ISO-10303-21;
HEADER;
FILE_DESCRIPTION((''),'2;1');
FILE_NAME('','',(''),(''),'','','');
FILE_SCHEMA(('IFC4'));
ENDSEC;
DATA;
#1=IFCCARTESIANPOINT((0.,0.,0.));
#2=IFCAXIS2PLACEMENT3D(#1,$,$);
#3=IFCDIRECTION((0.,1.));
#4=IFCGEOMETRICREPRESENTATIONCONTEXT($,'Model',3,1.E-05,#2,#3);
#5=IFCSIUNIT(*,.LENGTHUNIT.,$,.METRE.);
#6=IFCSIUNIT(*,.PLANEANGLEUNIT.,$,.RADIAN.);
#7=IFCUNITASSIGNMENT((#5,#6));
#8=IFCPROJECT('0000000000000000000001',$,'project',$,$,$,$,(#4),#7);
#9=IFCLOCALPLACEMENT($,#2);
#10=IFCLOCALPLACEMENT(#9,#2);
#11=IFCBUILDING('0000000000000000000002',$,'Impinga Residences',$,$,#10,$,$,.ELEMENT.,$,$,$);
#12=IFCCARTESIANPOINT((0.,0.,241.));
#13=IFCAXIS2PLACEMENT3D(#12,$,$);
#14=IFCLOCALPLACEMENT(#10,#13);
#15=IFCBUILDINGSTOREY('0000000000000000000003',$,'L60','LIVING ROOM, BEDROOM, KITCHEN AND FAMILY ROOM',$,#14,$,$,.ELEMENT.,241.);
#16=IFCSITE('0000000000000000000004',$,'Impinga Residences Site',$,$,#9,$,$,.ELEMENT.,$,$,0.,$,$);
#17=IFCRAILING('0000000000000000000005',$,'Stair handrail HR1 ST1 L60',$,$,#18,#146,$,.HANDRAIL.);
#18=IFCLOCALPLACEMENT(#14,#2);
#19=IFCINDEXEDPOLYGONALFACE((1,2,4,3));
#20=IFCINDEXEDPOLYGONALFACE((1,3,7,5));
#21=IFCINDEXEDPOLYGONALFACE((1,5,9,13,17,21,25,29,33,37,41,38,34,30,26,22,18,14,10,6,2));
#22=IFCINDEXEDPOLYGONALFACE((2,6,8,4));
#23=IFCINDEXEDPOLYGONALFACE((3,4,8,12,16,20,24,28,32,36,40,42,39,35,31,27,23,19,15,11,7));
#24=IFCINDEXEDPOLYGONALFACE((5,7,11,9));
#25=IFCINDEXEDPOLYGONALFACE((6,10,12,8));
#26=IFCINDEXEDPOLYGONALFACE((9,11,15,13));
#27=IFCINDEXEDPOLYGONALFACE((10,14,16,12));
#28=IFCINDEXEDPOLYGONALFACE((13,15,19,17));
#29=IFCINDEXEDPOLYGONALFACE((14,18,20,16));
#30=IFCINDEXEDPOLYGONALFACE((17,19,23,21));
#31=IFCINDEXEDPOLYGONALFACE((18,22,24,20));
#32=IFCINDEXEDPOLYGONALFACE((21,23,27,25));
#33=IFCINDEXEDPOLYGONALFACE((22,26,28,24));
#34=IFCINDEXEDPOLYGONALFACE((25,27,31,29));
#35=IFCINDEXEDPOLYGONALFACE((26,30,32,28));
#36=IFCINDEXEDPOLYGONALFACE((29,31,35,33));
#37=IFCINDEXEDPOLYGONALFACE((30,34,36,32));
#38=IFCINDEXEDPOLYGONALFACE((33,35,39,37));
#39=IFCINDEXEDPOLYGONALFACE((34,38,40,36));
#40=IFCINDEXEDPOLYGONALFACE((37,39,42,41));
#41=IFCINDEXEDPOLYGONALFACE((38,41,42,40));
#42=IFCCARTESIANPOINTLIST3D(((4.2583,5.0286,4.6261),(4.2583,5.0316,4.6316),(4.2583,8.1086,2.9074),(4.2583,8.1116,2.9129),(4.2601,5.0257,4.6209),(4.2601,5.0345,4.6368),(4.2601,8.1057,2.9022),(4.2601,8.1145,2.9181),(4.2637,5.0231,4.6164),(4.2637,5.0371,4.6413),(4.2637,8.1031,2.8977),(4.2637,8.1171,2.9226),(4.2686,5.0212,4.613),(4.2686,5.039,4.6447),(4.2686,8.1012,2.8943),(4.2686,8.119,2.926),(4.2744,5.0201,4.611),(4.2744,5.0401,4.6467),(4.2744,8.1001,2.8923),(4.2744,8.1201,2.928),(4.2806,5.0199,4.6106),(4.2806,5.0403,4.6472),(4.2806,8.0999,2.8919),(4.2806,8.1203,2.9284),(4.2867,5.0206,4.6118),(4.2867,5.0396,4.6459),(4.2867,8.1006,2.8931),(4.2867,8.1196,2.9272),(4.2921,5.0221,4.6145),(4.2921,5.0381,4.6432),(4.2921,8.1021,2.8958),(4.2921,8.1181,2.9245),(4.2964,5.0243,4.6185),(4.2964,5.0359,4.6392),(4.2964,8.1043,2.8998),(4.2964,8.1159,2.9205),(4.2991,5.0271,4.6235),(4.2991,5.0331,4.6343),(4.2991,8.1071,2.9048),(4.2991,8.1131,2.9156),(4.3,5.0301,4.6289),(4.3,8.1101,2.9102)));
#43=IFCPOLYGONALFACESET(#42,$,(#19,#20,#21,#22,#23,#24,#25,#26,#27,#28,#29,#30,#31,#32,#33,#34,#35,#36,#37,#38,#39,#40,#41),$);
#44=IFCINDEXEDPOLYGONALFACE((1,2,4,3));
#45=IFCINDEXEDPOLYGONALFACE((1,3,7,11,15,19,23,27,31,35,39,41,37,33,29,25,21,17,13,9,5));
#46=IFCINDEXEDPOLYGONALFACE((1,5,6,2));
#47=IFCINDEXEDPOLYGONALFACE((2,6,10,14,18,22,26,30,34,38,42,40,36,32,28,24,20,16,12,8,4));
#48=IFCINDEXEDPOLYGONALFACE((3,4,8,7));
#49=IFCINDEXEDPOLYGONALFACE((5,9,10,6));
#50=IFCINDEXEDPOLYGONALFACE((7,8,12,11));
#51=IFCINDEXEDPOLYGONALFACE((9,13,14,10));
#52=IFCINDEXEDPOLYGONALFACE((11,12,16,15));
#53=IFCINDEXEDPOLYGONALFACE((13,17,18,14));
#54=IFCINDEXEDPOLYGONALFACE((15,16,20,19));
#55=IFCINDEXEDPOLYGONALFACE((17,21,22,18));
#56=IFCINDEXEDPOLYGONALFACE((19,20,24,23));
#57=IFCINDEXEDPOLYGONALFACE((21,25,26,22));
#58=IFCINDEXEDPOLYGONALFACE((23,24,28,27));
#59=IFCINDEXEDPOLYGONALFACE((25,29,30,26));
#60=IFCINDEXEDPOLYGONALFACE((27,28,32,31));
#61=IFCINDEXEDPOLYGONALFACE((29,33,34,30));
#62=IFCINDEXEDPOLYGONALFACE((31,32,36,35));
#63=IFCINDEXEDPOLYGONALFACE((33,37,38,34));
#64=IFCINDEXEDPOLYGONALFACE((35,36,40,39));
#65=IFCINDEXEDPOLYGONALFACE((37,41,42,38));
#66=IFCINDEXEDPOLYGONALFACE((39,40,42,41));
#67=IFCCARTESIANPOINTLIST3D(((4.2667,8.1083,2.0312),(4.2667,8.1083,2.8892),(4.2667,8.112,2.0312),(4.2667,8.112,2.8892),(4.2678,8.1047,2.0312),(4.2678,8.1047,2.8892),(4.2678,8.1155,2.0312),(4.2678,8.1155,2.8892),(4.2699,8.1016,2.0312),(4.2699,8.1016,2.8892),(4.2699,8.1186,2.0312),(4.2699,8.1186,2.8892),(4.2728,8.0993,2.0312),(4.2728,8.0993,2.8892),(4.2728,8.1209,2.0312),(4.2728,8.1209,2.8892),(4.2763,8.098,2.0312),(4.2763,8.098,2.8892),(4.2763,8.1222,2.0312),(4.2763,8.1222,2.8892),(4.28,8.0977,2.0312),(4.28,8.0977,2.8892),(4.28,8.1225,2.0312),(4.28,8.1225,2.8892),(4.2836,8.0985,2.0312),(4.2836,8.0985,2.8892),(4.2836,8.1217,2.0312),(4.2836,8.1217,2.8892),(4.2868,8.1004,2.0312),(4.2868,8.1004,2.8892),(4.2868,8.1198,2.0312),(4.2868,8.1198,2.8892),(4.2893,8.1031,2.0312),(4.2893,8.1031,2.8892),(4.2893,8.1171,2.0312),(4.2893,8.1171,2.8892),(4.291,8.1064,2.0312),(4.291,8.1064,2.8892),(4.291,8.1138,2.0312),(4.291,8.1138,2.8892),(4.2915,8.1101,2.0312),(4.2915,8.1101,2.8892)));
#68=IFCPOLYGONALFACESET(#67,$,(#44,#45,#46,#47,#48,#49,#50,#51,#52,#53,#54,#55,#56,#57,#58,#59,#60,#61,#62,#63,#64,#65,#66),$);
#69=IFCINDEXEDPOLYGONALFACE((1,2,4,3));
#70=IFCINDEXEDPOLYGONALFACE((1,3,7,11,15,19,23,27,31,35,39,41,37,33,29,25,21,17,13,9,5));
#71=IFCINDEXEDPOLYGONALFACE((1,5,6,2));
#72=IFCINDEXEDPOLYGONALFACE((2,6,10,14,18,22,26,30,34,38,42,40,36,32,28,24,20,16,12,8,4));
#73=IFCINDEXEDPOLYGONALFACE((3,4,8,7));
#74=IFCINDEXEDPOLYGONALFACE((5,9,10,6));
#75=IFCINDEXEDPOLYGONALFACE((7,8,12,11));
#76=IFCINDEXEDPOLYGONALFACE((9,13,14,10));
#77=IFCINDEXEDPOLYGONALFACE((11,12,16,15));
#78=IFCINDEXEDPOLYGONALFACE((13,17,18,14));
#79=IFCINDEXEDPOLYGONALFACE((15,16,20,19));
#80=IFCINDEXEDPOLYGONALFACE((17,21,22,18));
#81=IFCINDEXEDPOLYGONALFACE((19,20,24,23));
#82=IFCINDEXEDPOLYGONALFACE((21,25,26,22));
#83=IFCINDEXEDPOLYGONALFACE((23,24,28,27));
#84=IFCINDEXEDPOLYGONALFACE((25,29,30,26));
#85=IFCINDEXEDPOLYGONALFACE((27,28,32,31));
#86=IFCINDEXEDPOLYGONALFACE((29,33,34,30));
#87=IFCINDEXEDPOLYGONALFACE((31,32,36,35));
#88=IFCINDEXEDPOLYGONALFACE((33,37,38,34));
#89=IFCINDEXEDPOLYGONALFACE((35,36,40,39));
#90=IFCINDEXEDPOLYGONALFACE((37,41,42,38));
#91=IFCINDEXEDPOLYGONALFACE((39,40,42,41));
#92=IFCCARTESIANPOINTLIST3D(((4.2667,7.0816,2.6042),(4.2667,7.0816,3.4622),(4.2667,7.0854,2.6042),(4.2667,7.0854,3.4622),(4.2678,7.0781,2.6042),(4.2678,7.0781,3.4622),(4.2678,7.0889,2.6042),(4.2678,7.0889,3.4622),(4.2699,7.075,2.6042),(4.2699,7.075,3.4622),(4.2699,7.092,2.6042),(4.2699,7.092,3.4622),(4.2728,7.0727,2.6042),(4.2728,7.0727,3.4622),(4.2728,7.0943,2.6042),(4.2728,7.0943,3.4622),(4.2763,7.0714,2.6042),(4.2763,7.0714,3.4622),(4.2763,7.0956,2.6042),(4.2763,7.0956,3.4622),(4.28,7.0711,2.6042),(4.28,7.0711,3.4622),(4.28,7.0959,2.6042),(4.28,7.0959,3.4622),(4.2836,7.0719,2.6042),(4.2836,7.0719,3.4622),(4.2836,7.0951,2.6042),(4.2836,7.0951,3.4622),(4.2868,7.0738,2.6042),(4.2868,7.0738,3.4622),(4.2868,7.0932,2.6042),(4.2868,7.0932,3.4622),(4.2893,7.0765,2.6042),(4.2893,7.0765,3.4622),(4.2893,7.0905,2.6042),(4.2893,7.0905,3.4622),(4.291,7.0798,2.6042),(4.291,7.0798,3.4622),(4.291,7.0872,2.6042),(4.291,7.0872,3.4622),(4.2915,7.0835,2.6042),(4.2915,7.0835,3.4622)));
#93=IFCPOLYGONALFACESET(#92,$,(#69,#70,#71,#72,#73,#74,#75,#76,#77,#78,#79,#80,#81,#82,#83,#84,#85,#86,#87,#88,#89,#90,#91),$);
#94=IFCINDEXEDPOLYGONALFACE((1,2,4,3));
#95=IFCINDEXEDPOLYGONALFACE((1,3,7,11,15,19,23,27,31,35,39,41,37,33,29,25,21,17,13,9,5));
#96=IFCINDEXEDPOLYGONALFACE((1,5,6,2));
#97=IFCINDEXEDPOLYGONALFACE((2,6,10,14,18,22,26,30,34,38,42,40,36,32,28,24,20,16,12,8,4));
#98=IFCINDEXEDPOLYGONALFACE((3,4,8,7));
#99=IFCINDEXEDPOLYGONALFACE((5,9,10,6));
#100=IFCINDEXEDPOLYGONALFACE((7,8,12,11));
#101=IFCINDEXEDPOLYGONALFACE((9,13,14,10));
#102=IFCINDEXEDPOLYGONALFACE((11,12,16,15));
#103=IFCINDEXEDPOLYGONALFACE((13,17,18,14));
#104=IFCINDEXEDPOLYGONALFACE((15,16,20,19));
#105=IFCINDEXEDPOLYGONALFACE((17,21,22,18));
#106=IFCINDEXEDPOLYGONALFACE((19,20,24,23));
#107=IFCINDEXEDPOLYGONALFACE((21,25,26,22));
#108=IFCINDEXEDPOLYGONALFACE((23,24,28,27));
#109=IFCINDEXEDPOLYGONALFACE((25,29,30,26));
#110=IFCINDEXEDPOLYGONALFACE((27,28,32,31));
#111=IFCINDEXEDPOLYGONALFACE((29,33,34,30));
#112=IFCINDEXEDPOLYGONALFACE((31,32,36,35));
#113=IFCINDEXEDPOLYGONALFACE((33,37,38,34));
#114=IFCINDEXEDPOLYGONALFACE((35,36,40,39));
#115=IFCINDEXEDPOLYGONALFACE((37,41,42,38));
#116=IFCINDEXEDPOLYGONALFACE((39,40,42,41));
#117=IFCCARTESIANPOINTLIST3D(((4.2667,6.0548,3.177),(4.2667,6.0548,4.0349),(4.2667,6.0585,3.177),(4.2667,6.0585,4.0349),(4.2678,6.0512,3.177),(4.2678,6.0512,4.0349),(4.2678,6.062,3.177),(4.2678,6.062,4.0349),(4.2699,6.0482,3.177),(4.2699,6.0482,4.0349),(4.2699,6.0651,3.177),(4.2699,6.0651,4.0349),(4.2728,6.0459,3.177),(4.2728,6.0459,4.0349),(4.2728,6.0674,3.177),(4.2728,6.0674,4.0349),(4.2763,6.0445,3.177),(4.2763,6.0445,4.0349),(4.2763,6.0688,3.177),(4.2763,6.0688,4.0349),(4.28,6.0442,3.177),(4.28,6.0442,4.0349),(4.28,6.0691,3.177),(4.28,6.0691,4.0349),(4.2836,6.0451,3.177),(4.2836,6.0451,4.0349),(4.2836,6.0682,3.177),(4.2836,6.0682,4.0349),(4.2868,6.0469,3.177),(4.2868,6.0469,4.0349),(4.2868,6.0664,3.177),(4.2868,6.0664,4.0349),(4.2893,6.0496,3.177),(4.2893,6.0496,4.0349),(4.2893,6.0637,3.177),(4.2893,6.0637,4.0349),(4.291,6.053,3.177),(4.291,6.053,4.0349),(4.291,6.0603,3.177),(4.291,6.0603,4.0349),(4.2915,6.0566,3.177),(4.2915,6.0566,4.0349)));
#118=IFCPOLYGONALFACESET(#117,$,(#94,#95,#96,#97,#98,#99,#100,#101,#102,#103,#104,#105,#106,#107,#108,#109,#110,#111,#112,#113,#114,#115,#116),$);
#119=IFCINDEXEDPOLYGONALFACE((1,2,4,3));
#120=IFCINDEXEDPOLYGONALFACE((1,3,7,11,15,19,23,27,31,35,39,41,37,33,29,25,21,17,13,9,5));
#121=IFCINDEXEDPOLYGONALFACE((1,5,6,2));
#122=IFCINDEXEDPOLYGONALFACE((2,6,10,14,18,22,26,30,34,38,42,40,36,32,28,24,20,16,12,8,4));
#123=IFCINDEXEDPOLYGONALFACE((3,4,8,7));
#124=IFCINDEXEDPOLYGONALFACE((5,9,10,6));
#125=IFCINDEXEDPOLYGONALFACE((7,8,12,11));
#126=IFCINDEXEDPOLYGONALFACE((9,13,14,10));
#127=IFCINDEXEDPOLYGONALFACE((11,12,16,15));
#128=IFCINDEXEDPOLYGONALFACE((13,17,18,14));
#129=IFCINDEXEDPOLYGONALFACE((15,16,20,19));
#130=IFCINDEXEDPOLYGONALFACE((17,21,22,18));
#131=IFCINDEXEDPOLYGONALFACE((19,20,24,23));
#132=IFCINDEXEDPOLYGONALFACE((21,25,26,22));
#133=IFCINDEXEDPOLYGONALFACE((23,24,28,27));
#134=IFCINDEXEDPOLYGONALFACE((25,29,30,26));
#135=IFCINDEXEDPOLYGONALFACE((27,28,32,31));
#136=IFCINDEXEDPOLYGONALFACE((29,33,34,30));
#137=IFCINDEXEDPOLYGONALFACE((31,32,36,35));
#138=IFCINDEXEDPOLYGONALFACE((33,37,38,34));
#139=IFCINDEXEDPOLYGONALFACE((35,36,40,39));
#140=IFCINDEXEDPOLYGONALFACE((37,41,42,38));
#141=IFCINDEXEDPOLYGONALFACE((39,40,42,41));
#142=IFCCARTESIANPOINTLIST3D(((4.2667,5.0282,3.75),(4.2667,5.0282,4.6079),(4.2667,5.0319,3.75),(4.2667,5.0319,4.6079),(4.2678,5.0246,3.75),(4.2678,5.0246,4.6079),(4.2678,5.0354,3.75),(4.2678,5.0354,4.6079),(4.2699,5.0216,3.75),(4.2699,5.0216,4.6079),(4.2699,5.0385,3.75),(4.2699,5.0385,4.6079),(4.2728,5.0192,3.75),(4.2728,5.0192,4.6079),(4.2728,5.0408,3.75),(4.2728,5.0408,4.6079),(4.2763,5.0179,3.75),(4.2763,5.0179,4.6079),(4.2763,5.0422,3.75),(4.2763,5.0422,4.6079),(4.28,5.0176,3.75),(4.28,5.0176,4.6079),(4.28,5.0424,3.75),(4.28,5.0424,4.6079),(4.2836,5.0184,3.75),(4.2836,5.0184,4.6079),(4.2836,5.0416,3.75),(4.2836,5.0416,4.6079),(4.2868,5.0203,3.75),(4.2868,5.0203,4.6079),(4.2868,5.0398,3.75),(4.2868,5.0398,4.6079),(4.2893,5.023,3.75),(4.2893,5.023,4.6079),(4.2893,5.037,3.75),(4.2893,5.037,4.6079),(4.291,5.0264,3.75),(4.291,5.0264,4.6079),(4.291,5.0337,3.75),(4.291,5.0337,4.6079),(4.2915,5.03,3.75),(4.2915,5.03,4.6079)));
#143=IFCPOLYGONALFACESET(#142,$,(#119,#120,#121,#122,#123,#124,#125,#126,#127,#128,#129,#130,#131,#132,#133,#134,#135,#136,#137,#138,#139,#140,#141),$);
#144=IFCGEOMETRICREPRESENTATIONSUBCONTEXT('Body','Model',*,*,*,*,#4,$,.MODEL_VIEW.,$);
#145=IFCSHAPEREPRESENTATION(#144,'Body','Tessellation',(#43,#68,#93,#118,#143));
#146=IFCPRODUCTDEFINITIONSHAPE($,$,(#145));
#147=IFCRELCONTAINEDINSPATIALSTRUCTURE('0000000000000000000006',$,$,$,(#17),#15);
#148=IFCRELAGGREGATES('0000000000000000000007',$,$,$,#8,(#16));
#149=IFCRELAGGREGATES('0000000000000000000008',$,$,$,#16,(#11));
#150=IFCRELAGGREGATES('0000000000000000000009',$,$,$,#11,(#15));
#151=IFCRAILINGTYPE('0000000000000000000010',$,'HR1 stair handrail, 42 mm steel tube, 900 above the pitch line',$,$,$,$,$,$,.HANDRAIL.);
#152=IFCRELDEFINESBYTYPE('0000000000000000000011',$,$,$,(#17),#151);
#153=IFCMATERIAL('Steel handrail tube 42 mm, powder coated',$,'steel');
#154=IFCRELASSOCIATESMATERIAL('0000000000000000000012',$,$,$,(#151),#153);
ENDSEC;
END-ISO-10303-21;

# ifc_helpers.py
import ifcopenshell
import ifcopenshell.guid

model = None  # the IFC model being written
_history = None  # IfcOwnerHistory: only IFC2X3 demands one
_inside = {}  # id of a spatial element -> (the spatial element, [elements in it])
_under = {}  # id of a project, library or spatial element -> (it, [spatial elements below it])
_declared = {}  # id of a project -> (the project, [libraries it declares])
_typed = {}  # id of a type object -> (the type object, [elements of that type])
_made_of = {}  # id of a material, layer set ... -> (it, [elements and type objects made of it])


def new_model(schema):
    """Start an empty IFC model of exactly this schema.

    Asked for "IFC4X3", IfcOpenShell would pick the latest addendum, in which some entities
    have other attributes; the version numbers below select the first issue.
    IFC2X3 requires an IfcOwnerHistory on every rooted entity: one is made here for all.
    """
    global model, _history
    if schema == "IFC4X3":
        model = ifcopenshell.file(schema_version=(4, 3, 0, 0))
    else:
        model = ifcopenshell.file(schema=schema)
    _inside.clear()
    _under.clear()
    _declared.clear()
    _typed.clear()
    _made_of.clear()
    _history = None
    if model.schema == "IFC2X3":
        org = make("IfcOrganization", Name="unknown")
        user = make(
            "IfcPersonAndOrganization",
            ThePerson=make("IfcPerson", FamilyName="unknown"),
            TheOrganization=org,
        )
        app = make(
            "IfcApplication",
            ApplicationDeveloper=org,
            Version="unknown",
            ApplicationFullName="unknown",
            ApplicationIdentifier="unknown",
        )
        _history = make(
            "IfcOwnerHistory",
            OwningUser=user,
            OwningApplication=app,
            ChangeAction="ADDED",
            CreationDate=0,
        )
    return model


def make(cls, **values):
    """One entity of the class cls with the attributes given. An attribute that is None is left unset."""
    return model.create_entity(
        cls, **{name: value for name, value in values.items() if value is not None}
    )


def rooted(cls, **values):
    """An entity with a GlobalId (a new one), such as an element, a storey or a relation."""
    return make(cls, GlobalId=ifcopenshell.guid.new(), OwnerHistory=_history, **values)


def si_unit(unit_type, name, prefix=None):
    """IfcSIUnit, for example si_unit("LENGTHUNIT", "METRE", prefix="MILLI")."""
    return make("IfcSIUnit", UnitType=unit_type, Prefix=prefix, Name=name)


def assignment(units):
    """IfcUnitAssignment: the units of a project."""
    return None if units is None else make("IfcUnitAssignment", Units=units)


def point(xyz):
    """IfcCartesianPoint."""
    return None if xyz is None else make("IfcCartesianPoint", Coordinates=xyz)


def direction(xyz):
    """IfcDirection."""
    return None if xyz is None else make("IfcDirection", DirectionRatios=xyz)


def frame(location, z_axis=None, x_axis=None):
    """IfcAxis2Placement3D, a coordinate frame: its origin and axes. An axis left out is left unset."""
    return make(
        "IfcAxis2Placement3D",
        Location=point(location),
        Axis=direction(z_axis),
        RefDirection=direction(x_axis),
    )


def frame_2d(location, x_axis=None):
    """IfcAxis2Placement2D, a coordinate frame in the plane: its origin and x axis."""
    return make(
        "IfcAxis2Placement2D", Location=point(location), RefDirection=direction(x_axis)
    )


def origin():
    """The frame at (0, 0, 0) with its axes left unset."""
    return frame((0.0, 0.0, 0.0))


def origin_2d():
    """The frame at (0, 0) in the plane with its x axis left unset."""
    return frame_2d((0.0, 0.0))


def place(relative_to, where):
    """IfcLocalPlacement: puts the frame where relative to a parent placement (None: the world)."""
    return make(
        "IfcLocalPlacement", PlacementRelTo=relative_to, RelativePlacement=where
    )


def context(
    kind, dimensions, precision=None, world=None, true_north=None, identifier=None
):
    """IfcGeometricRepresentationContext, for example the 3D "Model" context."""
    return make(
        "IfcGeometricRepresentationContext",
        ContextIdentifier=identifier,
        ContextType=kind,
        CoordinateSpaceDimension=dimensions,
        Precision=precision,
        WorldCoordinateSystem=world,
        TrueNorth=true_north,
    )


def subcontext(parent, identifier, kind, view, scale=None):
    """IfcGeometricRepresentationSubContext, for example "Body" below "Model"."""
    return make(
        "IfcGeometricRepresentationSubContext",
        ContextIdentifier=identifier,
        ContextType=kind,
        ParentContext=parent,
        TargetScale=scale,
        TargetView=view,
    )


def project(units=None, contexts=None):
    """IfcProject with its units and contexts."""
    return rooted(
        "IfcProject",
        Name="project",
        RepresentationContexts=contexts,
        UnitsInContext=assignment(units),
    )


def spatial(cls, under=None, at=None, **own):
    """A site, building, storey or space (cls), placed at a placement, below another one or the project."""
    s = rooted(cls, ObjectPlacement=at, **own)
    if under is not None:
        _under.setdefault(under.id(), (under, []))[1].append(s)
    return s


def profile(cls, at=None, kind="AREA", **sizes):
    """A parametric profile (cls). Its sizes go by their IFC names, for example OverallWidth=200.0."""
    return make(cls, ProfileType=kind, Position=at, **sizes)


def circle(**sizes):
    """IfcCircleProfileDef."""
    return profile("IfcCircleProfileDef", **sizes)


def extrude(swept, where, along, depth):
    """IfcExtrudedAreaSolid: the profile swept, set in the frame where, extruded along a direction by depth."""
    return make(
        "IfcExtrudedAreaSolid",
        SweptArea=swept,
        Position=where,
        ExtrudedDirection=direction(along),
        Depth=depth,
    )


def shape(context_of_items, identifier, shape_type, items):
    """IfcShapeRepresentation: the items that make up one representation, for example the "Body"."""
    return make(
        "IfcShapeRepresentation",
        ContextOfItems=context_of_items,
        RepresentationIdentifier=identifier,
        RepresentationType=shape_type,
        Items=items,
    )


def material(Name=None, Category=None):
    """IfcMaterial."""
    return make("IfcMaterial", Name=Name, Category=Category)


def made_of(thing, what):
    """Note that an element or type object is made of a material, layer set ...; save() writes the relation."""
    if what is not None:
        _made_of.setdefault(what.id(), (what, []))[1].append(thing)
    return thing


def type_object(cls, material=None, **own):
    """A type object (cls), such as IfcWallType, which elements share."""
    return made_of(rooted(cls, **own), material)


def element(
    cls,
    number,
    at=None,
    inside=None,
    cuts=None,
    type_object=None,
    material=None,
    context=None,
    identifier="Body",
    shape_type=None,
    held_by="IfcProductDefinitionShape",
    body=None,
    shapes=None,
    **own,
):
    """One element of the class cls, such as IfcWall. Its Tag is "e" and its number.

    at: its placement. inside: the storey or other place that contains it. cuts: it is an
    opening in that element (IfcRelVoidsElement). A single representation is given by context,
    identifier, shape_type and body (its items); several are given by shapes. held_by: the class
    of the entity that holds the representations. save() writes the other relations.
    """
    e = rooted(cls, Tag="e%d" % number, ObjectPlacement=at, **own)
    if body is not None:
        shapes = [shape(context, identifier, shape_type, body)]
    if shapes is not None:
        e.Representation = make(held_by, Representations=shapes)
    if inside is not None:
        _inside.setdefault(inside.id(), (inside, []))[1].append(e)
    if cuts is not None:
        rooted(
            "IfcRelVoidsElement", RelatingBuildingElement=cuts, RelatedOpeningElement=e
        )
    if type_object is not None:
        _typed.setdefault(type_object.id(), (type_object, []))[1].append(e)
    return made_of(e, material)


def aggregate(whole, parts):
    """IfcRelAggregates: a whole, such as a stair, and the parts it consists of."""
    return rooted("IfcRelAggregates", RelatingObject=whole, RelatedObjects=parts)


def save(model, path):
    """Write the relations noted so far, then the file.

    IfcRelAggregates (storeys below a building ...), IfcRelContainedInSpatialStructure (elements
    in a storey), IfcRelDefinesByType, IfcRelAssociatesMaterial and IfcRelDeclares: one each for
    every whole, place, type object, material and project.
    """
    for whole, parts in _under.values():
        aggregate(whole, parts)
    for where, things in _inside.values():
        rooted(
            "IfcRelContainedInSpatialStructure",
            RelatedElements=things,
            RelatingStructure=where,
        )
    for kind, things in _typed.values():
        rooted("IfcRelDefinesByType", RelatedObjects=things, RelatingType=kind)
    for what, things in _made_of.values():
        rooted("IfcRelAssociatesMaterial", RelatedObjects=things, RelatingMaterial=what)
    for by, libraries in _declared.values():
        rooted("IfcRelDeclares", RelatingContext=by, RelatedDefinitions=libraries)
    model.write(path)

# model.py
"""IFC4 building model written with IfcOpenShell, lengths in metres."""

from ifc_helpers import new_model, si_unit, direction, frame, origin, origin_2d, place, context, subcontext, project, spatial, circle, extrude, material, type_object, element, save


model = new_model("IFC4")

# Units and contexts
model_context = context("Model", 3, precision=1e-05, world=origin(), true_north=direction((0.0, 1.0)))
body_context = subcontext(model_context, "Body", "Model", "MODEL_VIEW")
ifc_project = project(units=[si_unit("LENGTHUNIT", "METRE"), si_unit("PLANEANGLEUNIT", "RADIAN")], contexts=[model_context])

# Site, building, storey
site_placement = place(None, origin())
site = spatial("IfcSite", under=ifc_project, at=site_placement, Name="Impinga Residences Site", CompositionType="ELEMENT", RefElevation=0.0)
building_placement = place(site_placement, origin())
building = spatial("IfcBuilding", under=site, at=building_placement, Name="Impinga Residences", CompositionType="ELEMENT")
storey_placement = place(building_placement, frame((0.0, 0.0, 241.0)))
storey = spatial("IfcBuildingStorey", under=building, at=storey_placement, Name="L60", Description="LIVING ROOM, BEDROOM, KITCHEN AND FAMILY ROOM", CompositionType="ELEMENT", Elevation=241.0)

# Railing
ifc_material_1 = material(Name="Steel handrail tube 42 mm, powder coated", Category="steel")
railing_type_1 = type_object("IfcRailingType", Name="HR1 stair handrail, 42 mm steel tube, 900 above the pitch line", PredefinedType="HANDRAIL", material=ifc_material_1)
railing_1_placement = place(storey_placement, frame((4.2791, 8.1101, 2.0312)))
element("IfcRailing", 1, at=railing_1_placement, inside=storey, type_object=railing_type_1, Name="Stair handrail HR1 ST1 L60", PredefinedType="HANDRAIL", context=body_context, shape_type="SweptSolid", body=[
    extrude(circle(Radius=0.021, at=origin_2d()), frame((0.0, 0.0, 0.8789), z_axis=(0.0, -0.873242, 0.487288), x_axis=(1.0, 0.0, 0.0)), (0.0, 0.0, 1.0), 3.5271),
    extrude(circle(Radius=0.0125, at=origin_2d()), origin(), (0.0, 0.0, 1.0), 0.8579),
    extrude(circle(Radius=0.0125, at=origin_2d()), frame((0.0, -1.0266, 0.573)), (0.0, 0.0, 1.0), 0.8579),
    extrude(circle(Radius=0.0125, at=origin_2d()), frame((0.0, -2.0535, 1.1458)), (0.0, 0.0, 1.0), 0.8579),
    extrude(circle(Radius=0.0125, at=origin_2d()), frame((0.0, -3.0801, 1.7188)), (0.0, 0.0, 1.0), 0.8579),
])

save(model, "model.ifc")
